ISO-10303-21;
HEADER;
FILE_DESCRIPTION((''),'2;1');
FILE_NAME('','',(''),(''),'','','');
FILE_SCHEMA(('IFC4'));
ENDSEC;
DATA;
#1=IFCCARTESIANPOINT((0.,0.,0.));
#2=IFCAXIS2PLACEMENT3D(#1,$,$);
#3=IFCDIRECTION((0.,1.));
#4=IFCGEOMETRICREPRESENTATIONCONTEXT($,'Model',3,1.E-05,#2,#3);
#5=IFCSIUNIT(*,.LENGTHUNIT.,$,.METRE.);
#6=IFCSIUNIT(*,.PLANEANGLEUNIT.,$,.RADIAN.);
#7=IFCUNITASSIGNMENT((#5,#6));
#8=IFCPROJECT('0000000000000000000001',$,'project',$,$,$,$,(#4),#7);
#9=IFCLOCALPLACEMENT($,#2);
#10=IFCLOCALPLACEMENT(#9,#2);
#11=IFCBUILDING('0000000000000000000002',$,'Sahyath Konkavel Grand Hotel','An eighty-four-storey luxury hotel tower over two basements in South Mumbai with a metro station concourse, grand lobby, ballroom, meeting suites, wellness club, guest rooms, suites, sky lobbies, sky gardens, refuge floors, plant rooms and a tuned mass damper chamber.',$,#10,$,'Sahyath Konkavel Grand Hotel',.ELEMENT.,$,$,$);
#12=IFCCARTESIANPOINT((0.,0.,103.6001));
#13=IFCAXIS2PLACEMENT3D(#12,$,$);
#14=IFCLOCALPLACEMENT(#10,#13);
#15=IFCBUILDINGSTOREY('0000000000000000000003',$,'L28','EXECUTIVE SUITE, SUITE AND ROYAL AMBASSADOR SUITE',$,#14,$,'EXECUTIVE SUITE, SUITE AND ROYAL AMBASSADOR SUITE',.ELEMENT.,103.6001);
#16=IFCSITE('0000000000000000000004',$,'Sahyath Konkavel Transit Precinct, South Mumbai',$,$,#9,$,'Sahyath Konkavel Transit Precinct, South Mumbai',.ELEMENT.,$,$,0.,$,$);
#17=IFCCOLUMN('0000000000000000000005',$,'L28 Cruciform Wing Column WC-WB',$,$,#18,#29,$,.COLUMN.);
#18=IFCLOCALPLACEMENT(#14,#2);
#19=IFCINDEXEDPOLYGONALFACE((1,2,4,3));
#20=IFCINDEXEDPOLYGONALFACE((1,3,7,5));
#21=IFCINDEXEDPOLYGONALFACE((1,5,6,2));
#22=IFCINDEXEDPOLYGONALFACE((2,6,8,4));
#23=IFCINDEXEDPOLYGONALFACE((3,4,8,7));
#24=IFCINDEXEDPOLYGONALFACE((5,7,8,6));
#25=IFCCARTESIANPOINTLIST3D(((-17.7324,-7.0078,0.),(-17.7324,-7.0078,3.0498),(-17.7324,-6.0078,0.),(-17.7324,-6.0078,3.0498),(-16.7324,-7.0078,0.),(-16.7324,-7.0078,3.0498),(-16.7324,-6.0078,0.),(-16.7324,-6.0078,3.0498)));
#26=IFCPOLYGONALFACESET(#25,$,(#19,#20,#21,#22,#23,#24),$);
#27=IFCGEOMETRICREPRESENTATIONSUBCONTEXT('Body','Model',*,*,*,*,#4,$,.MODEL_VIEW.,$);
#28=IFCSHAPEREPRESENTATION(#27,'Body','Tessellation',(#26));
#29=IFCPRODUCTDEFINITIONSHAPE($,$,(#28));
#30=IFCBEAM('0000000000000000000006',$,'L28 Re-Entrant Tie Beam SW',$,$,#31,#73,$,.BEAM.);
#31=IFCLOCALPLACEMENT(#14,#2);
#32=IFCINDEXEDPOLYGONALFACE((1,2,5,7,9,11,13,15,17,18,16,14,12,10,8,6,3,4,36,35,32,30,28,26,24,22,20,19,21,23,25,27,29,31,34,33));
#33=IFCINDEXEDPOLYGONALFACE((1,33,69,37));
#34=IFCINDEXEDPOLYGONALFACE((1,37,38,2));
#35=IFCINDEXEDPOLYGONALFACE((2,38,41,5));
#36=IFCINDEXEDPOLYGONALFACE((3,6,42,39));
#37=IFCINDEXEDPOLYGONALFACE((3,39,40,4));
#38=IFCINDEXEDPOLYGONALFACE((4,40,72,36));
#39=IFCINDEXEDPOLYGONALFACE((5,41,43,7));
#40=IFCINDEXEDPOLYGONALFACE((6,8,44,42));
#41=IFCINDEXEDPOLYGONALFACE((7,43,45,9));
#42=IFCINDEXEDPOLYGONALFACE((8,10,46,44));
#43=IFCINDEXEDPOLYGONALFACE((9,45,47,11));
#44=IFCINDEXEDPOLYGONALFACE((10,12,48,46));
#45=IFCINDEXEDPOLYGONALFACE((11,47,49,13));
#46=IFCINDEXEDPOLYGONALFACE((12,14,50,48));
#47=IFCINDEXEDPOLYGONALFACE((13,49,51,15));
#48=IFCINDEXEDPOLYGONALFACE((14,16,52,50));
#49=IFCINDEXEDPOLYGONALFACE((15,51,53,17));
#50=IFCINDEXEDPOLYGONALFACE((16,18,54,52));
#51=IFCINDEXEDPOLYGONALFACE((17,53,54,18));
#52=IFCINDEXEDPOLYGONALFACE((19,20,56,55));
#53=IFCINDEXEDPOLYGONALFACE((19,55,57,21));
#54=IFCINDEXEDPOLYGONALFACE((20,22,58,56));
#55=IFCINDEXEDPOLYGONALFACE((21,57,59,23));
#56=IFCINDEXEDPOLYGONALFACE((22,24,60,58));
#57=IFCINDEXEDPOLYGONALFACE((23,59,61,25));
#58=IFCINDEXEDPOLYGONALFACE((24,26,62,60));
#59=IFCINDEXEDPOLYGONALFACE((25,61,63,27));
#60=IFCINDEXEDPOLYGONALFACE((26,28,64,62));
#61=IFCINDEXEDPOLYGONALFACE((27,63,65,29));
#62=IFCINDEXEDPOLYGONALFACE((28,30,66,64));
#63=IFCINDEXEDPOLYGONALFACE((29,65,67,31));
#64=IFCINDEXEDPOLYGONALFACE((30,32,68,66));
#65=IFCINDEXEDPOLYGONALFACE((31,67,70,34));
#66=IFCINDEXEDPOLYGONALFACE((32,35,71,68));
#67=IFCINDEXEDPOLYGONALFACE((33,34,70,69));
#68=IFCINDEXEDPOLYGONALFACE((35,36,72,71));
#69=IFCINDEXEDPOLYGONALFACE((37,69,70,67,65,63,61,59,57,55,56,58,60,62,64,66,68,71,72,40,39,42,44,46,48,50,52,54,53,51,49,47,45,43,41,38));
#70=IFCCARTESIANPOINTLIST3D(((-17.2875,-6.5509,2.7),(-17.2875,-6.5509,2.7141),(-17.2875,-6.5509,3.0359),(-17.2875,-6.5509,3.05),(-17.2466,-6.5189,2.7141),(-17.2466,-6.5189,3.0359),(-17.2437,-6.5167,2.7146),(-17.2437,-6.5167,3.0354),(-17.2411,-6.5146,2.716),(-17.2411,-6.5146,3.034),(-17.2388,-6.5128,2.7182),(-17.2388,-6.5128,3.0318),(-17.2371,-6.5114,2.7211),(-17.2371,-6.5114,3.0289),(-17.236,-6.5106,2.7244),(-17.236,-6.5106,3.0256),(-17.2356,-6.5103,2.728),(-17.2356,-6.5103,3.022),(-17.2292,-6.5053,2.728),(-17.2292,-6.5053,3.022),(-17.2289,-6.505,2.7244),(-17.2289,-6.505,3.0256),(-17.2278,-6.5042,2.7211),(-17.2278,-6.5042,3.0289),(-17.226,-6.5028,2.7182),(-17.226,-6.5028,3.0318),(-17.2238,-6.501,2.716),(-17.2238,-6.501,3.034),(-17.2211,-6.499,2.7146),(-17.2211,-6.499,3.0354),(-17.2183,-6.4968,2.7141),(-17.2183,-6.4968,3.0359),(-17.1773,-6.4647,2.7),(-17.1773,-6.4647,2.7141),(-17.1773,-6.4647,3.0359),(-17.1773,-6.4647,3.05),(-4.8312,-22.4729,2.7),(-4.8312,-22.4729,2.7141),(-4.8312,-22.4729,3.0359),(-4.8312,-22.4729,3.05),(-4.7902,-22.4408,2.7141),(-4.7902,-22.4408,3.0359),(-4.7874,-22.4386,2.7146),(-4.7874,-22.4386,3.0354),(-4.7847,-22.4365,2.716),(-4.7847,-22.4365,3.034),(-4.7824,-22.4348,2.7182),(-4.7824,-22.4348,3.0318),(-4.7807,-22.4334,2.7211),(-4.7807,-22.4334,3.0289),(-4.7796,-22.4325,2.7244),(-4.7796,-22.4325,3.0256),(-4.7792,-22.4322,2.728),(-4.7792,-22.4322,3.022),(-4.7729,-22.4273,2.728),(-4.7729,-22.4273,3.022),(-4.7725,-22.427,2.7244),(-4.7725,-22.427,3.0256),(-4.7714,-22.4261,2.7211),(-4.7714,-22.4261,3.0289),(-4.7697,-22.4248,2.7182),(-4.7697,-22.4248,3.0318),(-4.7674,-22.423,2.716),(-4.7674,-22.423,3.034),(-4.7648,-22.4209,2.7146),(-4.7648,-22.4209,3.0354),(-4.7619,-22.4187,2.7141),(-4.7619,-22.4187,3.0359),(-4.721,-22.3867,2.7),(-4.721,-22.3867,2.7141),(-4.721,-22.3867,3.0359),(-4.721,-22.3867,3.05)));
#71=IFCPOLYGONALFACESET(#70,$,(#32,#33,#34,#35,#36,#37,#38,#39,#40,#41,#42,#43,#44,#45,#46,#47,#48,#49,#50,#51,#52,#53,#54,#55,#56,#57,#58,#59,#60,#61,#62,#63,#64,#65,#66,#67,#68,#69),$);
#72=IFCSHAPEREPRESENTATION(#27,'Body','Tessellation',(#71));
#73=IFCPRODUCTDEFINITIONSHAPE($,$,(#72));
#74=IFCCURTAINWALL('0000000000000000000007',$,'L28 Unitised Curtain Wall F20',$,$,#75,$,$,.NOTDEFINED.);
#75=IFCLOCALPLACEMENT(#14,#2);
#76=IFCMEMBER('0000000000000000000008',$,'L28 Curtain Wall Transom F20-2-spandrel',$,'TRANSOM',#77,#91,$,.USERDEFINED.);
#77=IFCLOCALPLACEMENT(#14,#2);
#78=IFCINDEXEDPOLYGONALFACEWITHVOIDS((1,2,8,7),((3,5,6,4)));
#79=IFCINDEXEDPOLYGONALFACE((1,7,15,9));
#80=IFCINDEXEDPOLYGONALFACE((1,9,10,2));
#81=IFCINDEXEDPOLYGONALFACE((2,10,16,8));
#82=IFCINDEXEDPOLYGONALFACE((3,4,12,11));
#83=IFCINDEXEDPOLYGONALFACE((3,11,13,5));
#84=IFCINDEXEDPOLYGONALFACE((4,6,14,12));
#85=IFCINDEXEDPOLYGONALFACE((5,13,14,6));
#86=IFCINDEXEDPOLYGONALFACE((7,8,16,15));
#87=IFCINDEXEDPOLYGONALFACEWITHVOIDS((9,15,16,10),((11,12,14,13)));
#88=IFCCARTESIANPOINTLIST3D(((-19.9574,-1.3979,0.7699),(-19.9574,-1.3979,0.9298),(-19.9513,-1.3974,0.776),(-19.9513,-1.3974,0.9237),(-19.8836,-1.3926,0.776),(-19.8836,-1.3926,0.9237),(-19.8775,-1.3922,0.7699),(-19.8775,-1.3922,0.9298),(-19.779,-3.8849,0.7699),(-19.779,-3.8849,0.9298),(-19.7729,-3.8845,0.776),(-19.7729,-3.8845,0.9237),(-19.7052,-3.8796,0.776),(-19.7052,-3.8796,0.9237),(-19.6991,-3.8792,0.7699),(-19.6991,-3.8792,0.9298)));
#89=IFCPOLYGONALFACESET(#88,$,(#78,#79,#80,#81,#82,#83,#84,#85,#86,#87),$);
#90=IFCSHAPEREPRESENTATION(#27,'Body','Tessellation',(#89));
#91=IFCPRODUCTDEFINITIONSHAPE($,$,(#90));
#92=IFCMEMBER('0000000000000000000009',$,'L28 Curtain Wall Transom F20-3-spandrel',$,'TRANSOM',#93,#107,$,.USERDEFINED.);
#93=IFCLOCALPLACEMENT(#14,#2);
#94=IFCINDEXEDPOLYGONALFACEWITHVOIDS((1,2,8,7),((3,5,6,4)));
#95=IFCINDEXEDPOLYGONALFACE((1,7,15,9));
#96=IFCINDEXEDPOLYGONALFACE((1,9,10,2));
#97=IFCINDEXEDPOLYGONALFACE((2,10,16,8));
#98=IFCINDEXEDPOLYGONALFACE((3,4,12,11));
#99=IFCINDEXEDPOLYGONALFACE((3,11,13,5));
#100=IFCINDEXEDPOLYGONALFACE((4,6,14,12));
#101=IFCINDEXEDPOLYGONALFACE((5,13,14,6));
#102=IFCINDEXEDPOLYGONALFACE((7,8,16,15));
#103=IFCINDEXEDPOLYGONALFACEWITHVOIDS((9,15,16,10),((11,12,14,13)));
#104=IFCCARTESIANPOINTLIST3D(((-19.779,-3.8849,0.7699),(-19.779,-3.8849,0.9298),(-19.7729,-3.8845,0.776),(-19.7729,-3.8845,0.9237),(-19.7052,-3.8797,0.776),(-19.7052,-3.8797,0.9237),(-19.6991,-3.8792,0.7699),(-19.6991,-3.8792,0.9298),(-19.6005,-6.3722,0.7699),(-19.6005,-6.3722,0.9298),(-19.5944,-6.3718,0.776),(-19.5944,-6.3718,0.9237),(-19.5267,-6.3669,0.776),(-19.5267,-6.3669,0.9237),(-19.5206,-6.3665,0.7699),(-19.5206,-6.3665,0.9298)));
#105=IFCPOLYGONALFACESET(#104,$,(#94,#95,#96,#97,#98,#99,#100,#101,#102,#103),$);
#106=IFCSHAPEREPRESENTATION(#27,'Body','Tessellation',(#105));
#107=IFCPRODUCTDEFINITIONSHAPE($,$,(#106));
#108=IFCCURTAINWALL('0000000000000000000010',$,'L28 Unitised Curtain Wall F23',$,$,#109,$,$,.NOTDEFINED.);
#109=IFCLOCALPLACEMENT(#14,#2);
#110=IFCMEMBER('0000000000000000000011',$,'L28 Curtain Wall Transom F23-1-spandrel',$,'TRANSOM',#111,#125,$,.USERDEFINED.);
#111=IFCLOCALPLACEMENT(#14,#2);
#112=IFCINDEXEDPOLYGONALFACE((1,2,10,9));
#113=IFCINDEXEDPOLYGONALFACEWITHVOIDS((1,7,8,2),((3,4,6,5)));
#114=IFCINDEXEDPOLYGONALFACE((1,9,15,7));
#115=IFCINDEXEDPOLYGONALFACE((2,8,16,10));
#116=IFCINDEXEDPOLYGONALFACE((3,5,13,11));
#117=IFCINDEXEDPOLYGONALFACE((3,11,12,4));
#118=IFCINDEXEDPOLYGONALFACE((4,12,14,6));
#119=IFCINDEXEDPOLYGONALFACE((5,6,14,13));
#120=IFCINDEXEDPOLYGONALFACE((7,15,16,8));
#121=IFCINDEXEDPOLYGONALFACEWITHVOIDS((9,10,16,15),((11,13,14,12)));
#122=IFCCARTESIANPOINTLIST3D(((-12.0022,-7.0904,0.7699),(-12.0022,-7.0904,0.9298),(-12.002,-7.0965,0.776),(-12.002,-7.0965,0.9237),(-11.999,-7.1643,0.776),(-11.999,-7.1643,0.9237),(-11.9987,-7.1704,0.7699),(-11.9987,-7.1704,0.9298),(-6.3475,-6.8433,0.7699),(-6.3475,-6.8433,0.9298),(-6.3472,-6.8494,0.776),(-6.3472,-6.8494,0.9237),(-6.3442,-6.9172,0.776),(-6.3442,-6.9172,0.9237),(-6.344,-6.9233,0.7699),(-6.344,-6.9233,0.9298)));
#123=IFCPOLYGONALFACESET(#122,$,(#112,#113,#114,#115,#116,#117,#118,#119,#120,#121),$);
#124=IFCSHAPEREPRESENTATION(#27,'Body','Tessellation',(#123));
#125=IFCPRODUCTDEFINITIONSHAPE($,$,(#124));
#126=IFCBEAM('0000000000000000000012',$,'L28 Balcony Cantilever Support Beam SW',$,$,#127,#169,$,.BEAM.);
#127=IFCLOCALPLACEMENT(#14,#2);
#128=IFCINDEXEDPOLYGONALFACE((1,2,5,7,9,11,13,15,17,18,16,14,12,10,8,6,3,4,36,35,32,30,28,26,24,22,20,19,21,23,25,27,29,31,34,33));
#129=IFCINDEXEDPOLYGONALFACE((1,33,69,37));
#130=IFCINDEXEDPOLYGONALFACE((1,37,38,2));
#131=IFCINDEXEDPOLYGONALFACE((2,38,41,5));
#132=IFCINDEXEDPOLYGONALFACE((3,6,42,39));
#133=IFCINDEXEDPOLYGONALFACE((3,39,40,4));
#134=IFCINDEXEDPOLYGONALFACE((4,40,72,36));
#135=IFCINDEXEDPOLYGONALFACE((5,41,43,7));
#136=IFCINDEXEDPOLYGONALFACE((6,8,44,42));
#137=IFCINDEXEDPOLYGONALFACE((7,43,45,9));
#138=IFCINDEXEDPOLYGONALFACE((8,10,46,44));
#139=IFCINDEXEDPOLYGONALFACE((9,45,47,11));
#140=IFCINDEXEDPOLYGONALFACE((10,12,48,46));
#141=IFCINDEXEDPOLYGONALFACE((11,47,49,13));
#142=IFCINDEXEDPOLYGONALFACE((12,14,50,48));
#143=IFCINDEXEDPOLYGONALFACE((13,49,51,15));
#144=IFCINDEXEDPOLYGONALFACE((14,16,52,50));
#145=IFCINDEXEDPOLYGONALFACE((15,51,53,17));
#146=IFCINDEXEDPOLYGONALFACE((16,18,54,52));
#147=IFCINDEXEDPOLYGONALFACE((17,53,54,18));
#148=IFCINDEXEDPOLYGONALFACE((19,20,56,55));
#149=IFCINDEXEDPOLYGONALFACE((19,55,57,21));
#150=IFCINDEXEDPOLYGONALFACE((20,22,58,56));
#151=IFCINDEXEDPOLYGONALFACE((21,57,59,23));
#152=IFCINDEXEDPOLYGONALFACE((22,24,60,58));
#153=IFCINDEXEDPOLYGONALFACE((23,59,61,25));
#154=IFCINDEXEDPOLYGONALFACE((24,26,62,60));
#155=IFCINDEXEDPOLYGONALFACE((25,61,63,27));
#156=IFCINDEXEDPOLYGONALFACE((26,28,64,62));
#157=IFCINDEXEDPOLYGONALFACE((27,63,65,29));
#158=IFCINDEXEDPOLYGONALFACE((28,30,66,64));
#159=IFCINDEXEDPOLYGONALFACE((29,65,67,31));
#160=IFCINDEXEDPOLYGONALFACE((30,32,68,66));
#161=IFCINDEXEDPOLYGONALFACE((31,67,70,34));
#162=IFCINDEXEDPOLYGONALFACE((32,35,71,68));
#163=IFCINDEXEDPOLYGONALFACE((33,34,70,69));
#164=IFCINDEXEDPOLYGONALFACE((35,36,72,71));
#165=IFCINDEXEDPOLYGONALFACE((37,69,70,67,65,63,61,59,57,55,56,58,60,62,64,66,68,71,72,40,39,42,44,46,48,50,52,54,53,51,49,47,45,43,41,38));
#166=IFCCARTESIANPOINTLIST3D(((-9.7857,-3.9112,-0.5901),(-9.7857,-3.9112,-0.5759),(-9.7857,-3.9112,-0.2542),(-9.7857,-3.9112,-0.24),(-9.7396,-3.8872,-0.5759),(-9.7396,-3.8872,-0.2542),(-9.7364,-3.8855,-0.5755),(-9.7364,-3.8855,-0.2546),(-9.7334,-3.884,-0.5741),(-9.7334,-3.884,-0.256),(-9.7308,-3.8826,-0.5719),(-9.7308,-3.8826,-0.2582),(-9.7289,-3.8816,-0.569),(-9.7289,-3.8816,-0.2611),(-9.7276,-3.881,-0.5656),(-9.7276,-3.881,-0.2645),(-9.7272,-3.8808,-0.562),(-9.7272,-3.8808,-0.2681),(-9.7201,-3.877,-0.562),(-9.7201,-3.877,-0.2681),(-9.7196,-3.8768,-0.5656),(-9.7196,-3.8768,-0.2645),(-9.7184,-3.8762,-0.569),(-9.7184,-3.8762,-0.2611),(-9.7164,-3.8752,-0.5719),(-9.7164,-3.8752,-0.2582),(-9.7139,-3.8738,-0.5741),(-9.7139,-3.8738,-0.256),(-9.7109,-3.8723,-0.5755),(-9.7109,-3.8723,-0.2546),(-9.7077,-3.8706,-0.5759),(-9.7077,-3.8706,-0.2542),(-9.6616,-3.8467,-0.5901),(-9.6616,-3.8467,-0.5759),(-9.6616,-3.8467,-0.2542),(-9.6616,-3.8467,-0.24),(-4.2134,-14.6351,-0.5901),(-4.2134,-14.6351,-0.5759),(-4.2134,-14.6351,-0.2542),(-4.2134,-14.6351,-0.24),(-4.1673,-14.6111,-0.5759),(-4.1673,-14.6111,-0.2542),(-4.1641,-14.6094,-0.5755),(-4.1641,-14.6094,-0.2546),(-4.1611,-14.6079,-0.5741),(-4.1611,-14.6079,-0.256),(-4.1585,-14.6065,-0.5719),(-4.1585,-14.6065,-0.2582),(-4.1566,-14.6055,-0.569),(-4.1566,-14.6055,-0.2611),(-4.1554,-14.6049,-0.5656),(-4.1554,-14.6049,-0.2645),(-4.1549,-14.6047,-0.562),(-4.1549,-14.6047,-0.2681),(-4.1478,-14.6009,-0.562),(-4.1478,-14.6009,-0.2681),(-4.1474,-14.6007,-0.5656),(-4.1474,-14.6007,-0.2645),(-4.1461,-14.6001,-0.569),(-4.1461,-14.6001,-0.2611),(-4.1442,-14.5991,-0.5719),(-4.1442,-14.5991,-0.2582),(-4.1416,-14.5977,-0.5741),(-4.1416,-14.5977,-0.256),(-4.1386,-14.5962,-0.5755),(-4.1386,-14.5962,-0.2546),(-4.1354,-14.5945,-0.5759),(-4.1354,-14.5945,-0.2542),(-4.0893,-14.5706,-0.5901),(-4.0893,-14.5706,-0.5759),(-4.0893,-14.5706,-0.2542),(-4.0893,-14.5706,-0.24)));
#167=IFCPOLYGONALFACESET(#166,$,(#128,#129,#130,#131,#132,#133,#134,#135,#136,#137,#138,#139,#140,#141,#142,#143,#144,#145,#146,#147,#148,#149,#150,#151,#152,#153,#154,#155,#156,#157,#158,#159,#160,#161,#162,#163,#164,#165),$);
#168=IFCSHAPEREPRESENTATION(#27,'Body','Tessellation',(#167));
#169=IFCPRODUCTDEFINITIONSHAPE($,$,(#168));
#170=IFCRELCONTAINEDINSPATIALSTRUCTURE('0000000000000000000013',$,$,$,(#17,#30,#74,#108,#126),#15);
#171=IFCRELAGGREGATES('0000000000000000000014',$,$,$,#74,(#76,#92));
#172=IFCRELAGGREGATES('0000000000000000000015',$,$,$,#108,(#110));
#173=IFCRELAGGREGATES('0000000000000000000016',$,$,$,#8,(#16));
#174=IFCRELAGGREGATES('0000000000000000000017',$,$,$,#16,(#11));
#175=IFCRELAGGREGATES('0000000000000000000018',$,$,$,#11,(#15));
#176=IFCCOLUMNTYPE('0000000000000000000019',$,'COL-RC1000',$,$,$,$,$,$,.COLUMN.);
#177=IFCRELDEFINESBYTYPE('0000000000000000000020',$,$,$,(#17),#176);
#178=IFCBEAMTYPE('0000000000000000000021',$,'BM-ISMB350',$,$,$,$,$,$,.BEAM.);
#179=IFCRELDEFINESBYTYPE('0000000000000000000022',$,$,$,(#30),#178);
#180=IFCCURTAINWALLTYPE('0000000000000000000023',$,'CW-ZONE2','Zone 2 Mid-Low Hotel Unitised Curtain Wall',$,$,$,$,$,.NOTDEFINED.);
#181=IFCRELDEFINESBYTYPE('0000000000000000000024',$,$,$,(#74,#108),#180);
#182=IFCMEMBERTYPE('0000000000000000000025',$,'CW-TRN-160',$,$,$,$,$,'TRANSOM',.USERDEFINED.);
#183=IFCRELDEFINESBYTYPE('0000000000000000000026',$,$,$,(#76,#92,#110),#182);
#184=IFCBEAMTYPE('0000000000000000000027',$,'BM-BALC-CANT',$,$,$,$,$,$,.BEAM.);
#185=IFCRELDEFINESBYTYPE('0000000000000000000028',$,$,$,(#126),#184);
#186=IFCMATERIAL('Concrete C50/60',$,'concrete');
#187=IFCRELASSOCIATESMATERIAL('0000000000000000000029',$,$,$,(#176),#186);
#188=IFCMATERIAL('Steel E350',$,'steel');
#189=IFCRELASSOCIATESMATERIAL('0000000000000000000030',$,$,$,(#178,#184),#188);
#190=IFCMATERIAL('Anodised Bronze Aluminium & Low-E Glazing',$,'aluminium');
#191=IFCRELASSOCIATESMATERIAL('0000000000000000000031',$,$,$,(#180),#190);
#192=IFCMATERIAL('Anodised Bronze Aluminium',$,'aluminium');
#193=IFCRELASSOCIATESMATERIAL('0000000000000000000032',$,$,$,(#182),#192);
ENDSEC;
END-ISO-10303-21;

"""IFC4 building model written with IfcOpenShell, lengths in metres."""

from ifc_helpers import new_model, si_unit, direction, frame, origin, origin_2d, place, context, subcontext, project, spatial, rectangle, hollow_rectangle, i_section, extrude, source, transform, mapped, material, material_profile, profile_set, type_object, element, aggregate, save


model = new_model("IFC4")

# Units and contexts
model_context = context("Model", 3, precision=1e-05, world=origin(), true_north=direction((0.0, 1.0)))
body_context = subcontext(model_context, "Body", "Model", "MODEL_VIEW")
ifc_project = project(units=[si_unit("LENGTHUNIT", "METRE"), si_unit("PLANEANGLEUNIT", "RADIAN")], contexts=[model_context])

# Site, building, storey
site_placement = place(None, origin())
site = spatial("IfcSite", under=ifc_project, at=site_placement, Name="Sahyath Konkavel Transit Precinct, South Mumbai", LongName="Sahyath Konkavel Transit Precinct, South Mumbai", CompositionType="ELEMENT", RefElevation=0.0)
building_placement = place(site_placement, origin())
building = spatial("IfcBuilding", under=site, at=building_placement, Name="Sahyath Konkavel Grand Hotel", Description="An eighty-four-storey luxury hotel tower over two basements in South Mumbai with a metro station concourse, grand lobby, ballroom, meeting suites, wellness club, guest rooms, suites, sky lobbies, sky gardens, refuge floors, plant rooms and a tuned mass damper chamber.", LongName="Sahyath Konkavel Grand Hotel", CompositionType="ELEMENT")
storey_placement = place(building_placement, frame((0.0, 0.0, 103.6001)))
storey = spatial("IfcBuildingStorey", under=building, at=storey_placement, Name="L28", Description="EXECUTIVE SUITE, SUITE AND ROYAL AMBASSADOR SUITE", LongName="EXECUTIVE SUITE, SUITE AND ROYAL AMBASSADOR SUITE", CompositionType="ELEMENT", Elevation=103.6001)

# Column
ifc_material_1 = material(Name="Concrete C50/60", Category="concrete")
ifc_material_profile_1 = material_profile(ifc_material_1, rectangle(XDim=1.0, YDim=1.0, at=origin_2d()), Name="RC 1000x1000")
ifc_profile_set_1 = profile_set([ifc_material_profile_1], Name="Concrete C50/60")
column_type = type_object("IfcColumnType", Name="COL-RC1000", PredefinedType="COLUMN", material=ifc_profile_set_1)
shared_shape_1 = source(origin(), body_context, "Body", "SweptSolid", [
    extrude(rectangle(XDim=1.0, YDim=1.0, at=origin_2d()), origin(), (0.0, 0.0, 1.0), 3.0498),
])
column_placement = place(storey_placement, frame((-17.2324, -6.5078, 0.0), z_axis=(0.0, 0.0, 1.0), x_axis=(1.0, 0.0, 0.0)))
element("IfcColumn", 1, at=column_placement, inside=storey, type_object=column_type, Name="L28 Cruciform Wing Column WC-WB", PredefinedType="COLUMN", context=body_context, shape_type="MappedRepresentation", body=[
    mapped(shared_shape_1, transform((0.0, 0.0, 0.0), scale=1.0)),
])

# Beam
ifc_material_2 = material(Name="Steel E350", Category="steel")
ifc_material_profile_2 = material_profile(ifc_material_2, i_section(OverallWidth=0.1399, OverallDepth=0.3501, WebThickness=0.0081, FlangeThickness=0.0142, FilletRadius=0.0139, at=origin_2d()), Name="ISMB 350")
ifc_profile_set_2 = profile_set([ifc_material_profile_2], Name="Steel E350")
beam_type_1 = type_object("IfcBeamType", Name="BM-ISMB350", PredefinedType="BEAM", material=ifc_profile_set_2)
shared_shape_2 = source(origin(), body_context, "Body", "SweptSolid", [
    extrude(i_section(OverallWidth=0.1399, OverallDepth=0.3501, WebThickness=0.0081, FlangeThickness=0.0142, FilletRadius=0.0139, at=origin_2d()), origin(), (0.0, 0.0, 1.0), 20.2156),
])
beam_1_placement = place(storey_placement, frame((-17.2324, -6.5078, 2.875), z_axis=(0.616176, -0.787608, 0.0), x_axis=(0.787608, 0.616176, 0.0)))
element("IfcBeam", 2, at=beam_1_placement, inside=storey, type_object=beam_type_1, Name="L28 Re-Entrant Tie Beam SW", PredefinedType="BEAM", context=body_context, shape_type="MappedRepresentation", body=[
    mapped(shared_shape_2, transform((0.0, 0.0, 0.0), scale=1.0)),
])

# Curtain wall, members
ifc_material_3 = material(Name="Anodised Bronze Aluminium & Low-E Glazing", Category="aluminium")
curtain_wall_type = type_object("IfcCurtainWallType", Name="CW-ZONE2", Description="Zone 2 Mid-Low Hotel Unitised Curtain Wall", PredefinedType="NOTDEFINED", material=ifc_material_3)
curtain_wall_1_placement = place(storey_placement, origin())
curtain_wall_1 = element("IfcCurtainWall", 3, at=curtain_wall_1_placement, inside=storey, type_object=curtain_wall_type, Name="L28 Unitised Curtain Wall F20", PredefinedType="NOTDEFINED")
ifc_material_4 = material(Name="Anodised Bronze Aluminium", Category="aluminium")
ifc_material_profile_3 = material_profile(ifc_material_4, hollow_rectangle(XDim=0.0801, YDim=0.1599, WallThickness=0.0061, at=origin_2d()), Name="RHS 160x80x6")
ifc_profile_set_3 = profile_set([ifc_material_profile_3], Name="Anodised Bronze Aluminium")
member_type_1 = type_object("IfcMemberType", Name="CW-TRN-160", ElementType="TRANSOM", PredefinedType="USERDEFINED", material=ifc_profile_set_3)
shared_shape_3 = source(origin(), body_context, "Body", "SweptSolid", [
    extrude(hollow_rectangle(XDim=0.0801, YDim=0.1599, WallThickness=0.0061, at=origin_2d()), origin(), (0.0, 0.0, 1.0), 2.4934),
])
member_1_placement = place(storey_placement, frame((-19.9175, -1.395, 0.8499), z_axis=(0.071574, -0.997435, 0.0), x_axis=(0.997435, 0.071574, 0.0)))
member_1 = element("IfcMember", 4, at=member_1_placement, type_object=member_type_1, Name="L28 Curtain Wall Transom F20-2-spandrel", ObjectType="TRANSOM", PredefinedType="USERDEFINED", context=body_context, shape_type="MappedRepresentation", body=[
    mapped(shared_shape_3, transform((0.0, 0.0, 0.0), scale=1.0)),
])
shared_shape_4 = source(origin(), body_context, "Body", "SweptSolid", [
    extrude(hollow_rectangle(XDim=0.0801, YDim=0.1599, WallThickness=0.0061, at=origin_2d()), origin(), (0.0, 0.0, 1.0), 2.4937),
])
member_2_placement = place(storey_placement, frame((-19.739, -3.8821, 0.8499), z_axis=(0.071567, -0.997436, 0.0), x_axis=(0.997436, 0.071567, 0.0)))
member_2 = element("IfcMember", 5, at=member_2_placement, type_object=member_type_1, Name="L28 Curtain Wall Transom F20-3-spandrel", ObjectType="TRANSOM", PredefinedType="USERDEFINED", context=body_context, shape_type="MappedRepresentation", body=[
    mapped(shared_shape_4, transform((0.0, 0.0, 0.0), scale=1.0)),
])

# Curtain wall, member
curtain_wall_2_placement = place(storey_placement, origin())
curtain_wall_2 = element("IfcCurtainWall", 6, at=curtain_wall_2_placement, inside=storey, type_object=curtain_wall_type, Name="L28 Unitised Curtain Wall F23", PredefinedType="NOTDEFINED")
shared_shape_5 = source(origin(), body_context, "Body", "SweptSolid", [
    extrude(hollow_rectangle(XDim=0.0801, YDim=0.1599, WallThickness=0.0061, at=origin_2d()), origin(), (0.0, 0.0, 1.0), 5.6602),
])
member_3_placement = place(storey_placement, frame((-12.0005, -7.1304, 0.8499), z_axis=(0.999047, 0.043651, 0.0), x_axis=(-0.043651, 0.999047, 0.0)))
member_3 = element("IfcMember", 7, at=member_3_placement, type_object=member_type_1, Name="L28 Curtain Wall Transom F23-1-spandrel", ObjectType="TRANSOM", PredefinedType="USERDEFINED", context=body_context, shape_type="MappedRepresentation", body=[
    mapped(shared_shape_5, transform((0.0, 0.0, 0.0), scale=1.0)),
])

# Beam
ifc_material_profile_4 = material_profile(ifc_material_2, i_section(OverallWidth=0.1399, OverallDepth=0.3501, WebThickness=0.0081, FlangeThickness=0.0142, FilletRadius=0.0139, at=origin_2d()), Name="ISMB 350")
ifc_profile_set_4 = profile_set([ifc_material_profile_4], Name="Steel E350")
beam_type_2 = type_object("IfcBeamType", Name="BM-BALC-CANT", PredefinedType="BEAM", material=ifc_profile_set_4)
shared_shape_6 = source(origin(), body_context, "Body", "SweptSolid", [
    extrude(i_section(OverallWidth=0.1399, OverallDepth=0.3501, WebThickness=0.0081, FlangeThickness=0.0142, FilletRadius=0.0139, at=origin_2d()), origin(), (0.0, 0.0, 1.0), 12.0852),
])
beam_2_placement = place(storey_placement, frame((-9.7236, -3.8789, -0.415), z_axis=(0.461082, -0.887357, 0.0), x_axis=(0.887357, 0.461082, 0.0)))
element("IfcBeam", 8, at=beam_2_placement, inside=storey, type_object=beam_type_2, Name="L28 Balcony Cantilever Support Beam SW", PredefinedType="BEAM", context=body_context, shape_type="MappedRepresentation", body=[
    mapped(shared_shape_6, transform((0.0, 0.0, 0.0), scale=1.0)),
])

aggregate(curtain_wall_1, [member_1, member_2])
aggregate(curtain_wall_2, [member_3])

save(model, "model.ifc")
